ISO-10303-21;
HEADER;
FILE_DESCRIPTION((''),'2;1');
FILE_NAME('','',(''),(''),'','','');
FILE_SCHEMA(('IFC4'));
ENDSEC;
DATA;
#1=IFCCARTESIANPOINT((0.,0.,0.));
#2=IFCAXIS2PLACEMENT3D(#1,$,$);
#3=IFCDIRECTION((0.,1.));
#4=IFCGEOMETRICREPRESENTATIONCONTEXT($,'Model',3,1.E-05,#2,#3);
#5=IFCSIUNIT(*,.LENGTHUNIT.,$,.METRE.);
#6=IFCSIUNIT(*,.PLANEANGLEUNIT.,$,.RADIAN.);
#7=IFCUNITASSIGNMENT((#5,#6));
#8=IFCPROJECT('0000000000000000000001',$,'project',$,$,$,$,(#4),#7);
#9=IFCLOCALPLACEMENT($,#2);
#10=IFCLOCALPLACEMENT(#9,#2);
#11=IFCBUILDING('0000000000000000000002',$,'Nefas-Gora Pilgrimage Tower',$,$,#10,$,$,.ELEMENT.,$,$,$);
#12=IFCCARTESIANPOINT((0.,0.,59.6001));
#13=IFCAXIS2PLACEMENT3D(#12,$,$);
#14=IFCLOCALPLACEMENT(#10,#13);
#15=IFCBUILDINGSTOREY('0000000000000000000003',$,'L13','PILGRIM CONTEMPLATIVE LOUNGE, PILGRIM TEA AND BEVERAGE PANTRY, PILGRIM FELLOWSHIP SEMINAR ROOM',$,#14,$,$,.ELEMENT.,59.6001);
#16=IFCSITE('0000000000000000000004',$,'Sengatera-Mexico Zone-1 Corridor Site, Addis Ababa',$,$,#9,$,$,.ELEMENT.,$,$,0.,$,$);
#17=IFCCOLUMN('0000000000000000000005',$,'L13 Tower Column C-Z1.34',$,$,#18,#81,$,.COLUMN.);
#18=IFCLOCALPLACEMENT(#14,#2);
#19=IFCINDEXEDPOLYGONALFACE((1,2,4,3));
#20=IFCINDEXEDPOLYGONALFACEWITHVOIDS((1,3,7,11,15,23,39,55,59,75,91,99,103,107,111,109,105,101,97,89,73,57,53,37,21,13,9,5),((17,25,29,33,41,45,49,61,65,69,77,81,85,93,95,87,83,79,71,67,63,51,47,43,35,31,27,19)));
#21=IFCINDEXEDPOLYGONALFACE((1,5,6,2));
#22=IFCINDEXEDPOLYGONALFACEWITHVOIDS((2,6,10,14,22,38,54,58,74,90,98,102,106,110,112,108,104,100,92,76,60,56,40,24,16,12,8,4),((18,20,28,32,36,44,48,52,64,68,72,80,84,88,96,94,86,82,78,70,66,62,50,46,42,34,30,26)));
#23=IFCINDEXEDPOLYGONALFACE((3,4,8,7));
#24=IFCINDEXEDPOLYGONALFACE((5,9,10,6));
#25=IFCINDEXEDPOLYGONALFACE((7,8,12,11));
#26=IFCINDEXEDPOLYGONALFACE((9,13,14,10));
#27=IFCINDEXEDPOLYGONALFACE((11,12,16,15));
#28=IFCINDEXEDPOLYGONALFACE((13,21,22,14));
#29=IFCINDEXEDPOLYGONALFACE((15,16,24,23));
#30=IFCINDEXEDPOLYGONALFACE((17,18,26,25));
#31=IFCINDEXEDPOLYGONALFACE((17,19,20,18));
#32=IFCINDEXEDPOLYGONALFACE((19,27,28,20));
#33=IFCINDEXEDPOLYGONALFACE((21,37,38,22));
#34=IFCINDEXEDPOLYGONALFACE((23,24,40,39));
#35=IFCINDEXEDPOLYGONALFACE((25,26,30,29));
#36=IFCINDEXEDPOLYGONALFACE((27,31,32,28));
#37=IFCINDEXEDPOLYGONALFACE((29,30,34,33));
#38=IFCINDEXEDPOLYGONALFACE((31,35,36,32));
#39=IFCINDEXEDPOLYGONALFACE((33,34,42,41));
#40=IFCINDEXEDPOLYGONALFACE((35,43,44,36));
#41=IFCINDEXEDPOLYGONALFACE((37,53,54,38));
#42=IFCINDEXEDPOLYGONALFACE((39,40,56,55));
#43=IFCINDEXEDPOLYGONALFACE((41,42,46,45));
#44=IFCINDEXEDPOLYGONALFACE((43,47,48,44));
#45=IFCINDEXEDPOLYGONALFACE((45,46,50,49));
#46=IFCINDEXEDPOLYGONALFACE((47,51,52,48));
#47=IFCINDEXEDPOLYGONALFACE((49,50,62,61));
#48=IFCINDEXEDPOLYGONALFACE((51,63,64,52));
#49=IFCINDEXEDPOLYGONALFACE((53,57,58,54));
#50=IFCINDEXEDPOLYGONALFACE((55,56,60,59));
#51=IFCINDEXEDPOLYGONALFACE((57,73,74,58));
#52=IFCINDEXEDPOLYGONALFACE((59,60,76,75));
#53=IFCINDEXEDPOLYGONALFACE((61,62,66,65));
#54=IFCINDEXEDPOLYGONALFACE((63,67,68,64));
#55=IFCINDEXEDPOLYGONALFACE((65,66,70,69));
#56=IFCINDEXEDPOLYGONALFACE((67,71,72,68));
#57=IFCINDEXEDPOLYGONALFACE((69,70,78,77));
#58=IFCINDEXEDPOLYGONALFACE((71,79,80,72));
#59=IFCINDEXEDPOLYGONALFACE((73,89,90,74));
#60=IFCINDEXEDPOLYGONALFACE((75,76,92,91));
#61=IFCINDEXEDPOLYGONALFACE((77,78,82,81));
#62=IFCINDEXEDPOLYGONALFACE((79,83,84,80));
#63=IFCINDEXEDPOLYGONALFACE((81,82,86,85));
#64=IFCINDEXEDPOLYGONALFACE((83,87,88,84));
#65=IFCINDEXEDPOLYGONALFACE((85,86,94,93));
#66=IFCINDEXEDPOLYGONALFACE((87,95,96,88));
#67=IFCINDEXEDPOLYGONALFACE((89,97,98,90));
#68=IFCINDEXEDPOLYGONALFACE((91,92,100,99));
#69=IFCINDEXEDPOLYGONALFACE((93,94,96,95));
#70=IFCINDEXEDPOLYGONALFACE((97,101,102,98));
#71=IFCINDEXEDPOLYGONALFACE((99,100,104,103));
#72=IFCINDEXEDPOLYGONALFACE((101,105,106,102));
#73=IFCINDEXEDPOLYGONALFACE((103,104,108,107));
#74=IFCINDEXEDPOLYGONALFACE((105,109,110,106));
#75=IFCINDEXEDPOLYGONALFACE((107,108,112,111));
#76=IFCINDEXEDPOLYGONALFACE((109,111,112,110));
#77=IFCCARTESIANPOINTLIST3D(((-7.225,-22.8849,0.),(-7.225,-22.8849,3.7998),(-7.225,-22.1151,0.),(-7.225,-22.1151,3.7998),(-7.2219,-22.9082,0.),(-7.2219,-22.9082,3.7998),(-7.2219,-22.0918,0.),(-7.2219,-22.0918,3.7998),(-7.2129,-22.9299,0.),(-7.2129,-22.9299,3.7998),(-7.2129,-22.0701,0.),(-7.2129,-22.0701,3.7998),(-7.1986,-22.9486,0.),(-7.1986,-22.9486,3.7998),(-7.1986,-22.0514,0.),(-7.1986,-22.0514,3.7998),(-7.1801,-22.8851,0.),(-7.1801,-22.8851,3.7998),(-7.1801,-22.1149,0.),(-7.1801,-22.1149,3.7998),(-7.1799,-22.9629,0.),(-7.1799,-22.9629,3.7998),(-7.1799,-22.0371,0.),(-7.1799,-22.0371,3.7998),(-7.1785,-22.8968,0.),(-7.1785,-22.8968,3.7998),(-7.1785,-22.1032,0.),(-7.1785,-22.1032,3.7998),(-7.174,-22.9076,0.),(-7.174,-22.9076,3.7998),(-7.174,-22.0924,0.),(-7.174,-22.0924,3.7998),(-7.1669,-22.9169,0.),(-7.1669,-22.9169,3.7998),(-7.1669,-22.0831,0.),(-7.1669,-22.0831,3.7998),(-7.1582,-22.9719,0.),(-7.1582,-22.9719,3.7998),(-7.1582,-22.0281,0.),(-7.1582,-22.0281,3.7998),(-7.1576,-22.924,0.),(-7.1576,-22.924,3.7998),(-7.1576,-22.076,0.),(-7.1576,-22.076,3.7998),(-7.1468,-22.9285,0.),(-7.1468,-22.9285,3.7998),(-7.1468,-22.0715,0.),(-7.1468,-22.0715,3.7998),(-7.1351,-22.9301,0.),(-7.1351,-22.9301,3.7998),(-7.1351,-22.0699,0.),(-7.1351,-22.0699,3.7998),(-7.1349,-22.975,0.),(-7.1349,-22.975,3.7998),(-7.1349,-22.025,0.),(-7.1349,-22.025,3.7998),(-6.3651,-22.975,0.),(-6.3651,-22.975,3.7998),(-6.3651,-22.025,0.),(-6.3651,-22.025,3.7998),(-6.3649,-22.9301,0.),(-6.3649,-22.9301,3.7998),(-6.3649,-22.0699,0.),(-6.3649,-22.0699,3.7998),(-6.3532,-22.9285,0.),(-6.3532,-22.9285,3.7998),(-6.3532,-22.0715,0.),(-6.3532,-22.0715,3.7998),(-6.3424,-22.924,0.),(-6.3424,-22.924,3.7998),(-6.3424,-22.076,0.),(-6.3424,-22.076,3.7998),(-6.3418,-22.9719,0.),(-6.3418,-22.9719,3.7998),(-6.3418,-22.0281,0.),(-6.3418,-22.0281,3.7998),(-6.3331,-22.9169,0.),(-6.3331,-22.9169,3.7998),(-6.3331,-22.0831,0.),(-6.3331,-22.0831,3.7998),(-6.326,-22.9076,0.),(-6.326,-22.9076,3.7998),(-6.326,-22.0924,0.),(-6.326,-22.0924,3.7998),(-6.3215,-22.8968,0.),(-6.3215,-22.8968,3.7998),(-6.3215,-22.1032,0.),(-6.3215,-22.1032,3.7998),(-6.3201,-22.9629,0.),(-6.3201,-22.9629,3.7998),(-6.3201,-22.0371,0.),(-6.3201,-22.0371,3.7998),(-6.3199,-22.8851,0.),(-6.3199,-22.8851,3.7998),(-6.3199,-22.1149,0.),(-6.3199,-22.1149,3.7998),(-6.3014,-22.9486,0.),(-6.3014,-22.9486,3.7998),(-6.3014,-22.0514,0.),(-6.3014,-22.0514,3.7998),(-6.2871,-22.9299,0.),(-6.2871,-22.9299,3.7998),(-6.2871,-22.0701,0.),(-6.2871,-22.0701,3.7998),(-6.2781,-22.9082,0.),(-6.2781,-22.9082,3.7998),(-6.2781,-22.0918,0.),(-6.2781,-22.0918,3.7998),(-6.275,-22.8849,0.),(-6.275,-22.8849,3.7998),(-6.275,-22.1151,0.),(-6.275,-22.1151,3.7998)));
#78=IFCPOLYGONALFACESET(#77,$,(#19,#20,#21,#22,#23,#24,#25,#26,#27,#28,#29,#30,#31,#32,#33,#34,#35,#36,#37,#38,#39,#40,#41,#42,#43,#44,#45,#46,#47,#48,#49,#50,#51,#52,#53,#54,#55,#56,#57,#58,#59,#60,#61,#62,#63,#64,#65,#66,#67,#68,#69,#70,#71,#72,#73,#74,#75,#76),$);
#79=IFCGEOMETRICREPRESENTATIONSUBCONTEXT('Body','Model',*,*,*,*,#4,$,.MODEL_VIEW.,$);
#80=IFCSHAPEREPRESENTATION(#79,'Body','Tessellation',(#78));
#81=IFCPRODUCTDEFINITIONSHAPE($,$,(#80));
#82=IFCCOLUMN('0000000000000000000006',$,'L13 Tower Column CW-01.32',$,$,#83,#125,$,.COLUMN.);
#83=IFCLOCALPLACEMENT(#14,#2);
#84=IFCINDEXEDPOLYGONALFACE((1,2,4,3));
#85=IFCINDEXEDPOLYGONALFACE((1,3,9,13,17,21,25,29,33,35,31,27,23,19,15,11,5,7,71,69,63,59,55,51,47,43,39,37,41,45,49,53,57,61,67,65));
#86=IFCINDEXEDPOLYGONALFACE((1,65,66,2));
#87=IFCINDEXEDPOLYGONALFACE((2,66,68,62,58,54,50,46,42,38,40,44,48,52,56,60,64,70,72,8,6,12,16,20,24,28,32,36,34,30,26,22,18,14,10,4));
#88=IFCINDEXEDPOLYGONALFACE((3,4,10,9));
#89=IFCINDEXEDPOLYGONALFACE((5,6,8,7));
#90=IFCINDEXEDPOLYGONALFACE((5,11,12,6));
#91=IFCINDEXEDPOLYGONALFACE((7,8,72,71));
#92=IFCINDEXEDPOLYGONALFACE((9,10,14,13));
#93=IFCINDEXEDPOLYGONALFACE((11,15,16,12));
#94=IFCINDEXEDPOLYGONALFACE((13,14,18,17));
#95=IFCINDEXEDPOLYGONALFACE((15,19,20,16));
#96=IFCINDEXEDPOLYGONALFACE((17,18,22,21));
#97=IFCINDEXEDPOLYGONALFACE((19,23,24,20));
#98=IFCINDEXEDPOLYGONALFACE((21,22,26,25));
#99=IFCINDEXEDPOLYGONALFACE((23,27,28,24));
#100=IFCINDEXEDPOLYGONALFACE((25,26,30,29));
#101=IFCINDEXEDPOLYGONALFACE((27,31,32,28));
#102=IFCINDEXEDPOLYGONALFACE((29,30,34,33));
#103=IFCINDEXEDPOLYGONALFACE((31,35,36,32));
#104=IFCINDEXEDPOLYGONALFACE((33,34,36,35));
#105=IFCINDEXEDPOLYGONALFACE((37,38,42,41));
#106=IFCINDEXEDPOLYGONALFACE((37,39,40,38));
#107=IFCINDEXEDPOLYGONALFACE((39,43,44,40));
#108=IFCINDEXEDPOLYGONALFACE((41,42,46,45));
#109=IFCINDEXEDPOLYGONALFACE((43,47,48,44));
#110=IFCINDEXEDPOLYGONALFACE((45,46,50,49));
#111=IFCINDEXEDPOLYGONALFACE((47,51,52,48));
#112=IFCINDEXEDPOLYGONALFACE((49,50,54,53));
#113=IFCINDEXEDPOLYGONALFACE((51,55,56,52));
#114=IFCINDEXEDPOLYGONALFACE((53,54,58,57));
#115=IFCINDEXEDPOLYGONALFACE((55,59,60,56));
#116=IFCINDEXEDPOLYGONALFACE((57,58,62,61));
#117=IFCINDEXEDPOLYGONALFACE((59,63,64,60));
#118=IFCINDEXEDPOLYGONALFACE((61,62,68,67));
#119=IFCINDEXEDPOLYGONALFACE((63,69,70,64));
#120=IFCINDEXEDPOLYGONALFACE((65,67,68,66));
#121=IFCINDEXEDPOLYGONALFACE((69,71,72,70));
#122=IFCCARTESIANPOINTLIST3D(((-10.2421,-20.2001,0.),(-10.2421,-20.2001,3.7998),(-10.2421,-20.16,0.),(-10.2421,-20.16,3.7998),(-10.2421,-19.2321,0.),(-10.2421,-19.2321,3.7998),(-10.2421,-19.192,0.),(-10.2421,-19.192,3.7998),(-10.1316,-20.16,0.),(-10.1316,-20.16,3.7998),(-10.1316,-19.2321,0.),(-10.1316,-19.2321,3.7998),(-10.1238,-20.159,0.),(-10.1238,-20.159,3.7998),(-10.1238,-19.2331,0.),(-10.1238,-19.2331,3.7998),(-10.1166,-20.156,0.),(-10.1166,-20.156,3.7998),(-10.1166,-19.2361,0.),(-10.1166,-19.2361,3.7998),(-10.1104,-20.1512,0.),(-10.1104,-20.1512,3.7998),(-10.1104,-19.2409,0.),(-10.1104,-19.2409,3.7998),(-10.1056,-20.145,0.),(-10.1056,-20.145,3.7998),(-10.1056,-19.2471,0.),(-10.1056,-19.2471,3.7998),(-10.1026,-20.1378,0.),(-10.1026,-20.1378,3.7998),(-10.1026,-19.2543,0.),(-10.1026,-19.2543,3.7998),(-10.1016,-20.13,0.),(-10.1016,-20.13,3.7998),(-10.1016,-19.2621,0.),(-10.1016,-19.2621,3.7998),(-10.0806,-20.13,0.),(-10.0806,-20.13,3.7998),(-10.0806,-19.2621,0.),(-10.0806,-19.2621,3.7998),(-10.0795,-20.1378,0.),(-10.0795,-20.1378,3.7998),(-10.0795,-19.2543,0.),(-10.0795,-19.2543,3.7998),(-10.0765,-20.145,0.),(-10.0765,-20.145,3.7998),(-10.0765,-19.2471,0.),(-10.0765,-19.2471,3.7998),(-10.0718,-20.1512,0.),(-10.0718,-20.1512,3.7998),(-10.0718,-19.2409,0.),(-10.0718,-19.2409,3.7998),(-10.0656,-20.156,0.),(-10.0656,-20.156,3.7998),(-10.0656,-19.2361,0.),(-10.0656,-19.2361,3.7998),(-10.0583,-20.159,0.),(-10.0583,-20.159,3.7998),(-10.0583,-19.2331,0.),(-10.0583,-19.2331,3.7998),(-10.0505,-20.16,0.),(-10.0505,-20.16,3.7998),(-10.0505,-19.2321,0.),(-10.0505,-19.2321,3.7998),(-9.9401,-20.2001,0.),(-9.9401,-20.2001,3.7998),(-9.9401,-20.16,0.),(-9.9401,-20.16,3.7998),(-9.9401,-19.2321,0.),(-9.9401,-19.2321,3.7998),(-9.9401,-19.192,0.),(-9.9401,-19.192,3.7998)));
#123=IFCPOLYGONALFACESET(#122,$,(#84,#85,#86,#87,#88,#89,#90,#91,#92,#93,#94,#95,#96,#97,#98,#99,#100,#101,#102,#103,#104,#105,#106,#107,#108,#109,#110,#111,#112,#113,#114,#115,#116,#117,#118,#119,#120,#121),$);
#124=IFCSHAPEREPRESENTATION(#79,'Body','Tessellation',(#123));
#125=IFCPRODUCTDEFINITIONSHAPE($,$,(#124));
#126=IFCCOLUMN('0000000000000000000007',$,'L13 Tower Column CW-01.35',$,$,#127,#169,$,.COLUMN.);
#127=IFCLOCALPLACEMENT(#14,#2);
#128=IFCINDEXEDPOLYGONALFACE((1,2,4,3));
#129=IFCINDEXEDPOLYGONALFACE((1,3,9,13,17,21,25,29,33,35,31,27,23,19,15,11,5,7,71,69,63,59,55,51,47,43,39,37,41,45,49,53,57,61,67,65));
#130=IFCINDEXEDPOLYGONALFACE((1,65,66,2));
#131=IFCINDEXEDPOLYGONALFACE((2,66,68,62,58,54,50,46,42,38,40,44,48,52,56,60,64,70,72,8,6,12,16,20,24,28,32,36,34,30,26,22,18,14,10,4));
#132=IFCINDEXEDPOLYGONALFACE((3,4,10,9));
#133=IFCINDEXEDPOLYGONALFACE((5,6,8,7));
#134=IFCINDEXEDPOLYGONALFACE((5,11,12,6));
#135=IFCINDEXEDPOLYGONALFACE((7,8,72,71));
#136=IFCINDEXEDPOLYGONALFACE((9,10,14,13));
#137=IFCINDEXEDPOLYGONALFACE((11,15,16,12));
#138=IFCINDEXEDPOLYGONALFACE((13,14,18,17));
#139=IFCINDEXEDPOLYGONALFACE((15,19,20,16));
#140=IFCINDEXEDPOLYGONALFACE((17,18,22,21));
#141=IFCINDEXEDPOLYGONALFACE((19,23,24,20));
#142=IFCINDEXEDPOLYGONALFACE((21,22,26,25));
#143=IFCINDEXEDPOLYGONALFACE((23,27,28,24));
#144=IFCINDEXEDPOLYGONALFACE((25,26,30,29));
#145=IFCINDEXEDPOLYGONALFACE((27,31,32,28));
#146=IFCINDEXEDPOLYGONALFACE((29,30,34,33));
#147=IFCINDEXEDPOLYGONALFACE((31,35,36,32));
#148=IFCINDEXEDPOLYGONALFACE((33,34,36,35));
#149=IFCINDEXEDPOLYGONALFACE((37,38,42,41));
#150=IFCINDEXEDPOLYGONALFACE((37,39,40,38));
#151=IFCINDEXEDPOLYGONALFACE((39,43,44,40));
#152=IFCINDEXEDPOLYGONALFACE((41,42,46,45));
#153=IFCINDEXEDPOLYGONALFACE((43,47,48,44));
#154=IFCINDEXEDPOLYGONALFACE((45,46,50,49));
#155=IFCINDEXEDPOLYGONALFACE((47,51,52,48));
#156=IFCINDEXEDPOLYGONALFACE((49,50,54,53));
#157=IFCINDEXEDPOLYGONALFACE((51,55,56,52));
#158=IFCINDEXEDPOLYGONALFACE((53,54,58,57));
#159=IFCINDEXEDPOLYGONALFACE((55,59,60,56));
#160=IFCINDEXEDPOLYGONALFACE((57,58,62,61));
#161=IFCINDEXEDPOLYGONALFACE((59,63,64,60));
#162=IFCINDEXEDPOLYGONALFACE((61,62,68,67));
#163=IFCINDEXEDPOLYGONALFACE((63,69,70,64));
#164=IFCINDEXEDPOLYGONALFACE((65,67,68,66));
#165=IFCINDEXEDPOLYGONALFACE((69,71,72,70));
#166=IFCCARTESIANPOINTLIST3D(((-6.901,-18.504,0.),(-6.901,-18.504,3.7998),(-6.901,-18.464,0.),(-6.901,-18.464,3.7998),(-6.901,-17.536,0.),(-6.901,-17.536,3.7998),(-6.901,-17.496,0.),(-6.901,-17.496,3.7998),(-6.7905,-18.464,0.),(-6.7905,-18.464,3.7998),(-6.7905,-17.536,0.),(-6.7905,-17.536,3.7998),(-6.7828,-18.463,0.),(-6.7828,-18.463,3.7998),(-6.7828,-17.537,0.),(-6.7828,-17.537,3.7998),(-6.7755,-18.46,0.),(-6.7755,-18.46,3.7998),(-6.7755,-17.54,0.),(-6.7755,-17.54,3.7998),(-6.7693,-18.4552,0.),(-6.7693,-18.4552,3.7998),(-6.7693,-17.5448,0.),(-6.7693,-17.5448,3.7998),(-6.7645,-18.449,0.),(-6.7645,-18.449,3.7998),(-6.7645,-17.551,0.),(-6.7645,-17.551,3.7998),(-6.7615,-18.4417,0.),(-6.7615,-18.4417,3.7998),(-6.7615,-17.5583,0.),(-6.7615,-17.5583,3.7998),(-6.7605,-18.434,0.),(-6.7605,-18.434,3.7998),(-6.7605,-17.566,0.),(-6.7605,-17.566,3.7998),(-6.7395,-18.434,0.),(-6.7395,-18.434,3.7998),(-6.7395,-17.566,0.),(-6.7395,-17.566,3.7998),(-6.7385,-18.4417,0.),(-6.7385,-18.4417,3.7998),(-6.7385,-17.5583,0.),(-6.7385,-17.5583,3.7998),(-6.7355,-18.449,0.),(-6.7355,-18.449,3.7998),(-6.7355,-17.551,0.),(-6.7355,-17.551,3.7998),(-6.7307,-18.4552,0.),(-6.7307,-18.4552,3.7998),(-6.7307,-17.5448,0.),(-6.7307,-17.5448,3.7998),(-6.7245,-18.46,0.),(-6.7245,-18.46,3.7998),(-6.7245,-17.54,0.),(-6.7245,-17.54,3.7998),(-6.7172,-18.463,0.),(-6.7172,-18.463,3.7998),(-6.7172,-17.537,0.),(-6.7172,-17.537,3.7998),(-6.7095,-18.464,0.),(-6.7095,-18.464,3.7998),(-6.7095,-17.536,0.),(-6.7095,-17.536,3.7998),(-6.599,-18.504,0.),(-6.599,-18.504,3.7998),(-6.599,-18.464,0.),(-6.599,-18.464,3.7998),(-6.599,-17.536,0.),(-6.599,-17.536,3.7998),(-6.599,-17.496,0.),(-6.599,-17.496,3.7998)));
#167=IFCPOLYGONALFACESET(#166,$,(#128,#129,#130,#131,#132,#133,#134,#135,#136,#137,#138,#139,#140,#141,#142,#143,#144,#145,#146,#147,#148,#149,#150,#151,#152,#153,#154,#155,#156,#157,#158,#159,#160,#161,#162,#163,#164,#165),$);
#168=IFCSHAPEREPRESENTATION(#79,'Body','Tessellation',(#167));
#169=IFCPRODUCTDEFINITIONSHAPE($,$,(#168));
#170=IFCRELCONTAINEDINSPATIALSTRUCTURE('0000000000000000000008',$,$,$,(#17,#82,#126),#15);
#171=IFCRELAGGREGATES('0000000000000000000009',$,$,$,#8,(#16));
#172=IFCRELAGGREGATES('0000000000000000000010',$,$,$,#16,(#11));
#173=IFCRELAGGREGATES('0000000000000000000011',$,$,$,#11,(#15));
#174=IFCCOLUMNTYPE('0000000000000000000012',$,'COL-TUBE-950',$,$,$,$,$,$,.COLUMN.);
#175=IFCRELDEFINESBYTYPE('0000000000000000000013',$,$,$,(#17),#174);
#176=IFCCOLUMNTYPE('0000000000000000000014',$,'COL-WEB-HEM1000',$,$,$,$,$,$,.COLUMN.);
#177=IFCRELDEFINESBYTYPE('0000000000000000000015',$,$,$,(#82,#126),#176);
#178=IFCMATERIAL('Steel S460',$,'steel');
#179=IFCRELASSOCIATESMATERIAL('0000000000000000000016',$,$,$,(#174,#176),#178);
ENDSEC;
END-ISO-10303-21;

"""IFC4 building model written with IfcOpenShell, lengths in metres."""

from ifc_helpers import new_model, si_unit, direction, frame, origin, origin_2d, place, context, subcontext, project, spatial, hollow_rectangle, i_section, extrude, source, transform, mapped, material, material_profile, profile_set, type_object, element, save


model = new_model("IFC4")

# Units and contexts
model_context = context("Model", 3, precision=1e-05, world=origin(), true_north=direction((0.0, 1.0)))
body_context = subcontext(model_context, "Body", "Model", "MODEL_VIEW")
ifc_project = project(units=[si_unit("LENGTHUNIT", "METRE"), si_unit("PLANEANGLEUNIT", "RADIAN")], contexts=[model_context])

# Site, building, storey
site_placement = place(None, origin())
site = spatial("IfcSite", under=ifc_project, at=site_placement, Name="Sengatera-Mexico Zone-1 Corridor Site, Addis Ababa", CompositionType="ELEMENT", RefElevation=0.0)
building_placement = place(site_placement, origin())
building = spatial("IfcBuilding", under=site, at=building_placement, Name="Nefas-Gora Pilgrimage Tower", CompositionType="ELEMENT")
storey_placement = place(building_placement, frame((0.0, 0.0, 59.6001)))
storey = spatial("IfcBuildingStorey", under=building, at=storey_placement, Name="L13", Description="PILGRIM CONTEMPLATIVE LOUNGE, PILGRIM TEA AND BEVERAGE PANTRY, PILGRIM FELLOWSHIP SEMINAR ROOM", CompositionType="ELEMENT", Elevation=59.6001)

# Columns
ifc_material_1 = material(Name="Steel S460", Category="steel")
ifc_material_profile_1 = material_profile(ifc_material_1, hollow_rectangle(XDim=0.95, YDim=0.95, WallThickness=0.0449, InnerFilletRadius=0.0449, OuterFilletRadius=0.0901, at=origin_2d()), Name="BOX 950x950x45")
ifc_profile_set_1 = profile_set([ifc_material_profile_1], Name="Steel S460")
column_type_1 = type_object("IfcColumnType", Name="COL-TUBE-950", PredefinedType="COLUMN", material=ifc_profile_set_1)
shared_shape_1 = source(origin(), body_context, "Body", "SweptSolid", [
    extrude(hollow_rectangle(XDim=0.95, YDim=0.95, WallThickness=0.0449, InnerFilletRadius=0.0449, OuterFilletRadius=0.0901, at=origin_2d()), origin(), (0.0, 0.0, 1.0), 3.7998),
])
column_placement = place(storey_placement, frame((-6.75, -22.5, 0.0), z_axis=(0.0, 0.0, 1.0), x_axis=(1.0, 0.0, 0.0)))
element("IfcColumn", 1, at=column_placement, inside=storey, type_object=column_type_1, Name="L13 Tower Column C-Z1.34", PredefinedType="COLUMN", context=body_context, shape_type="MappedRepresentation", body=[
    mapped(shared_shape_1, transform((0.0, 0.0, 0.0), x_axis=(1.0, 0.0, 0.0), y_axis=(0.0, 1.0, 0.0), z_axis=(0.0, 0.0, 1.0), scale=1.0)),
])
ifc_material_profile_2 = material_profile(ifc_material_1, i_section(OverallWidth=0.302, OverallDepth=1.0081, WebThickness=0.021, FlangeThickness=0.04, FilletRadius=0.03, at=origin_2d()), Name="HEM 1000")
ifc_profile_set_2 = profile_set([ifc_material_profile_2], Name="Steel S460")
column_type_2 = type_object("IfcColumnType", Name="COL-WEB-HEM1000", PredefinedType="COLUMN", material=ifc_profile_set_2)
shared_shape_2 = source(origin(), body_context, "Body", "SweptSolid", [
    extrude(i_section(OverallWidth=0.302, OverallDepth=1.0081, WebThickness=0.021, FlangeThickness=0.04, FilletRadius=0.03, at=origin_2d()), origin(), (0.0, 0.0, 1.0), 3.7998),
])
for number, where, z_axis, x_axis, name in (
    (2, (-10.0911, -19.696, 0.0), (0.0, 0.0, 1.0), (1.0, 0.0, 0.0), "L13 Tower Column CW-01.32"),
    (3, (-6.75, -18.0, 0.0), (0.0, 0.0, 1.0), (1.0, 0.0, 0.0), "L13 Tower Column CW-01.35"),
):
    element("IfcColumn", number, at=place(storey_placement, frame(where, z_axis=z_axis, x_axis=x_axis)), inside=storey, type_object=column_type_2, Name=name, PredefinedType="COLUMN", context=body_context, shape_type="MappedRepresentation", body=[
        mapped(shared_shape_2, transform((0.0, 0.0, 0.0), x_axis=(1.0, 0.0, 0.0), y_axis=(0.0, 1.0, 0.0), z_axis=(0.0, 0.0, 1.0), scale=1.0)),
    ])

save(model, "model.ifc")
